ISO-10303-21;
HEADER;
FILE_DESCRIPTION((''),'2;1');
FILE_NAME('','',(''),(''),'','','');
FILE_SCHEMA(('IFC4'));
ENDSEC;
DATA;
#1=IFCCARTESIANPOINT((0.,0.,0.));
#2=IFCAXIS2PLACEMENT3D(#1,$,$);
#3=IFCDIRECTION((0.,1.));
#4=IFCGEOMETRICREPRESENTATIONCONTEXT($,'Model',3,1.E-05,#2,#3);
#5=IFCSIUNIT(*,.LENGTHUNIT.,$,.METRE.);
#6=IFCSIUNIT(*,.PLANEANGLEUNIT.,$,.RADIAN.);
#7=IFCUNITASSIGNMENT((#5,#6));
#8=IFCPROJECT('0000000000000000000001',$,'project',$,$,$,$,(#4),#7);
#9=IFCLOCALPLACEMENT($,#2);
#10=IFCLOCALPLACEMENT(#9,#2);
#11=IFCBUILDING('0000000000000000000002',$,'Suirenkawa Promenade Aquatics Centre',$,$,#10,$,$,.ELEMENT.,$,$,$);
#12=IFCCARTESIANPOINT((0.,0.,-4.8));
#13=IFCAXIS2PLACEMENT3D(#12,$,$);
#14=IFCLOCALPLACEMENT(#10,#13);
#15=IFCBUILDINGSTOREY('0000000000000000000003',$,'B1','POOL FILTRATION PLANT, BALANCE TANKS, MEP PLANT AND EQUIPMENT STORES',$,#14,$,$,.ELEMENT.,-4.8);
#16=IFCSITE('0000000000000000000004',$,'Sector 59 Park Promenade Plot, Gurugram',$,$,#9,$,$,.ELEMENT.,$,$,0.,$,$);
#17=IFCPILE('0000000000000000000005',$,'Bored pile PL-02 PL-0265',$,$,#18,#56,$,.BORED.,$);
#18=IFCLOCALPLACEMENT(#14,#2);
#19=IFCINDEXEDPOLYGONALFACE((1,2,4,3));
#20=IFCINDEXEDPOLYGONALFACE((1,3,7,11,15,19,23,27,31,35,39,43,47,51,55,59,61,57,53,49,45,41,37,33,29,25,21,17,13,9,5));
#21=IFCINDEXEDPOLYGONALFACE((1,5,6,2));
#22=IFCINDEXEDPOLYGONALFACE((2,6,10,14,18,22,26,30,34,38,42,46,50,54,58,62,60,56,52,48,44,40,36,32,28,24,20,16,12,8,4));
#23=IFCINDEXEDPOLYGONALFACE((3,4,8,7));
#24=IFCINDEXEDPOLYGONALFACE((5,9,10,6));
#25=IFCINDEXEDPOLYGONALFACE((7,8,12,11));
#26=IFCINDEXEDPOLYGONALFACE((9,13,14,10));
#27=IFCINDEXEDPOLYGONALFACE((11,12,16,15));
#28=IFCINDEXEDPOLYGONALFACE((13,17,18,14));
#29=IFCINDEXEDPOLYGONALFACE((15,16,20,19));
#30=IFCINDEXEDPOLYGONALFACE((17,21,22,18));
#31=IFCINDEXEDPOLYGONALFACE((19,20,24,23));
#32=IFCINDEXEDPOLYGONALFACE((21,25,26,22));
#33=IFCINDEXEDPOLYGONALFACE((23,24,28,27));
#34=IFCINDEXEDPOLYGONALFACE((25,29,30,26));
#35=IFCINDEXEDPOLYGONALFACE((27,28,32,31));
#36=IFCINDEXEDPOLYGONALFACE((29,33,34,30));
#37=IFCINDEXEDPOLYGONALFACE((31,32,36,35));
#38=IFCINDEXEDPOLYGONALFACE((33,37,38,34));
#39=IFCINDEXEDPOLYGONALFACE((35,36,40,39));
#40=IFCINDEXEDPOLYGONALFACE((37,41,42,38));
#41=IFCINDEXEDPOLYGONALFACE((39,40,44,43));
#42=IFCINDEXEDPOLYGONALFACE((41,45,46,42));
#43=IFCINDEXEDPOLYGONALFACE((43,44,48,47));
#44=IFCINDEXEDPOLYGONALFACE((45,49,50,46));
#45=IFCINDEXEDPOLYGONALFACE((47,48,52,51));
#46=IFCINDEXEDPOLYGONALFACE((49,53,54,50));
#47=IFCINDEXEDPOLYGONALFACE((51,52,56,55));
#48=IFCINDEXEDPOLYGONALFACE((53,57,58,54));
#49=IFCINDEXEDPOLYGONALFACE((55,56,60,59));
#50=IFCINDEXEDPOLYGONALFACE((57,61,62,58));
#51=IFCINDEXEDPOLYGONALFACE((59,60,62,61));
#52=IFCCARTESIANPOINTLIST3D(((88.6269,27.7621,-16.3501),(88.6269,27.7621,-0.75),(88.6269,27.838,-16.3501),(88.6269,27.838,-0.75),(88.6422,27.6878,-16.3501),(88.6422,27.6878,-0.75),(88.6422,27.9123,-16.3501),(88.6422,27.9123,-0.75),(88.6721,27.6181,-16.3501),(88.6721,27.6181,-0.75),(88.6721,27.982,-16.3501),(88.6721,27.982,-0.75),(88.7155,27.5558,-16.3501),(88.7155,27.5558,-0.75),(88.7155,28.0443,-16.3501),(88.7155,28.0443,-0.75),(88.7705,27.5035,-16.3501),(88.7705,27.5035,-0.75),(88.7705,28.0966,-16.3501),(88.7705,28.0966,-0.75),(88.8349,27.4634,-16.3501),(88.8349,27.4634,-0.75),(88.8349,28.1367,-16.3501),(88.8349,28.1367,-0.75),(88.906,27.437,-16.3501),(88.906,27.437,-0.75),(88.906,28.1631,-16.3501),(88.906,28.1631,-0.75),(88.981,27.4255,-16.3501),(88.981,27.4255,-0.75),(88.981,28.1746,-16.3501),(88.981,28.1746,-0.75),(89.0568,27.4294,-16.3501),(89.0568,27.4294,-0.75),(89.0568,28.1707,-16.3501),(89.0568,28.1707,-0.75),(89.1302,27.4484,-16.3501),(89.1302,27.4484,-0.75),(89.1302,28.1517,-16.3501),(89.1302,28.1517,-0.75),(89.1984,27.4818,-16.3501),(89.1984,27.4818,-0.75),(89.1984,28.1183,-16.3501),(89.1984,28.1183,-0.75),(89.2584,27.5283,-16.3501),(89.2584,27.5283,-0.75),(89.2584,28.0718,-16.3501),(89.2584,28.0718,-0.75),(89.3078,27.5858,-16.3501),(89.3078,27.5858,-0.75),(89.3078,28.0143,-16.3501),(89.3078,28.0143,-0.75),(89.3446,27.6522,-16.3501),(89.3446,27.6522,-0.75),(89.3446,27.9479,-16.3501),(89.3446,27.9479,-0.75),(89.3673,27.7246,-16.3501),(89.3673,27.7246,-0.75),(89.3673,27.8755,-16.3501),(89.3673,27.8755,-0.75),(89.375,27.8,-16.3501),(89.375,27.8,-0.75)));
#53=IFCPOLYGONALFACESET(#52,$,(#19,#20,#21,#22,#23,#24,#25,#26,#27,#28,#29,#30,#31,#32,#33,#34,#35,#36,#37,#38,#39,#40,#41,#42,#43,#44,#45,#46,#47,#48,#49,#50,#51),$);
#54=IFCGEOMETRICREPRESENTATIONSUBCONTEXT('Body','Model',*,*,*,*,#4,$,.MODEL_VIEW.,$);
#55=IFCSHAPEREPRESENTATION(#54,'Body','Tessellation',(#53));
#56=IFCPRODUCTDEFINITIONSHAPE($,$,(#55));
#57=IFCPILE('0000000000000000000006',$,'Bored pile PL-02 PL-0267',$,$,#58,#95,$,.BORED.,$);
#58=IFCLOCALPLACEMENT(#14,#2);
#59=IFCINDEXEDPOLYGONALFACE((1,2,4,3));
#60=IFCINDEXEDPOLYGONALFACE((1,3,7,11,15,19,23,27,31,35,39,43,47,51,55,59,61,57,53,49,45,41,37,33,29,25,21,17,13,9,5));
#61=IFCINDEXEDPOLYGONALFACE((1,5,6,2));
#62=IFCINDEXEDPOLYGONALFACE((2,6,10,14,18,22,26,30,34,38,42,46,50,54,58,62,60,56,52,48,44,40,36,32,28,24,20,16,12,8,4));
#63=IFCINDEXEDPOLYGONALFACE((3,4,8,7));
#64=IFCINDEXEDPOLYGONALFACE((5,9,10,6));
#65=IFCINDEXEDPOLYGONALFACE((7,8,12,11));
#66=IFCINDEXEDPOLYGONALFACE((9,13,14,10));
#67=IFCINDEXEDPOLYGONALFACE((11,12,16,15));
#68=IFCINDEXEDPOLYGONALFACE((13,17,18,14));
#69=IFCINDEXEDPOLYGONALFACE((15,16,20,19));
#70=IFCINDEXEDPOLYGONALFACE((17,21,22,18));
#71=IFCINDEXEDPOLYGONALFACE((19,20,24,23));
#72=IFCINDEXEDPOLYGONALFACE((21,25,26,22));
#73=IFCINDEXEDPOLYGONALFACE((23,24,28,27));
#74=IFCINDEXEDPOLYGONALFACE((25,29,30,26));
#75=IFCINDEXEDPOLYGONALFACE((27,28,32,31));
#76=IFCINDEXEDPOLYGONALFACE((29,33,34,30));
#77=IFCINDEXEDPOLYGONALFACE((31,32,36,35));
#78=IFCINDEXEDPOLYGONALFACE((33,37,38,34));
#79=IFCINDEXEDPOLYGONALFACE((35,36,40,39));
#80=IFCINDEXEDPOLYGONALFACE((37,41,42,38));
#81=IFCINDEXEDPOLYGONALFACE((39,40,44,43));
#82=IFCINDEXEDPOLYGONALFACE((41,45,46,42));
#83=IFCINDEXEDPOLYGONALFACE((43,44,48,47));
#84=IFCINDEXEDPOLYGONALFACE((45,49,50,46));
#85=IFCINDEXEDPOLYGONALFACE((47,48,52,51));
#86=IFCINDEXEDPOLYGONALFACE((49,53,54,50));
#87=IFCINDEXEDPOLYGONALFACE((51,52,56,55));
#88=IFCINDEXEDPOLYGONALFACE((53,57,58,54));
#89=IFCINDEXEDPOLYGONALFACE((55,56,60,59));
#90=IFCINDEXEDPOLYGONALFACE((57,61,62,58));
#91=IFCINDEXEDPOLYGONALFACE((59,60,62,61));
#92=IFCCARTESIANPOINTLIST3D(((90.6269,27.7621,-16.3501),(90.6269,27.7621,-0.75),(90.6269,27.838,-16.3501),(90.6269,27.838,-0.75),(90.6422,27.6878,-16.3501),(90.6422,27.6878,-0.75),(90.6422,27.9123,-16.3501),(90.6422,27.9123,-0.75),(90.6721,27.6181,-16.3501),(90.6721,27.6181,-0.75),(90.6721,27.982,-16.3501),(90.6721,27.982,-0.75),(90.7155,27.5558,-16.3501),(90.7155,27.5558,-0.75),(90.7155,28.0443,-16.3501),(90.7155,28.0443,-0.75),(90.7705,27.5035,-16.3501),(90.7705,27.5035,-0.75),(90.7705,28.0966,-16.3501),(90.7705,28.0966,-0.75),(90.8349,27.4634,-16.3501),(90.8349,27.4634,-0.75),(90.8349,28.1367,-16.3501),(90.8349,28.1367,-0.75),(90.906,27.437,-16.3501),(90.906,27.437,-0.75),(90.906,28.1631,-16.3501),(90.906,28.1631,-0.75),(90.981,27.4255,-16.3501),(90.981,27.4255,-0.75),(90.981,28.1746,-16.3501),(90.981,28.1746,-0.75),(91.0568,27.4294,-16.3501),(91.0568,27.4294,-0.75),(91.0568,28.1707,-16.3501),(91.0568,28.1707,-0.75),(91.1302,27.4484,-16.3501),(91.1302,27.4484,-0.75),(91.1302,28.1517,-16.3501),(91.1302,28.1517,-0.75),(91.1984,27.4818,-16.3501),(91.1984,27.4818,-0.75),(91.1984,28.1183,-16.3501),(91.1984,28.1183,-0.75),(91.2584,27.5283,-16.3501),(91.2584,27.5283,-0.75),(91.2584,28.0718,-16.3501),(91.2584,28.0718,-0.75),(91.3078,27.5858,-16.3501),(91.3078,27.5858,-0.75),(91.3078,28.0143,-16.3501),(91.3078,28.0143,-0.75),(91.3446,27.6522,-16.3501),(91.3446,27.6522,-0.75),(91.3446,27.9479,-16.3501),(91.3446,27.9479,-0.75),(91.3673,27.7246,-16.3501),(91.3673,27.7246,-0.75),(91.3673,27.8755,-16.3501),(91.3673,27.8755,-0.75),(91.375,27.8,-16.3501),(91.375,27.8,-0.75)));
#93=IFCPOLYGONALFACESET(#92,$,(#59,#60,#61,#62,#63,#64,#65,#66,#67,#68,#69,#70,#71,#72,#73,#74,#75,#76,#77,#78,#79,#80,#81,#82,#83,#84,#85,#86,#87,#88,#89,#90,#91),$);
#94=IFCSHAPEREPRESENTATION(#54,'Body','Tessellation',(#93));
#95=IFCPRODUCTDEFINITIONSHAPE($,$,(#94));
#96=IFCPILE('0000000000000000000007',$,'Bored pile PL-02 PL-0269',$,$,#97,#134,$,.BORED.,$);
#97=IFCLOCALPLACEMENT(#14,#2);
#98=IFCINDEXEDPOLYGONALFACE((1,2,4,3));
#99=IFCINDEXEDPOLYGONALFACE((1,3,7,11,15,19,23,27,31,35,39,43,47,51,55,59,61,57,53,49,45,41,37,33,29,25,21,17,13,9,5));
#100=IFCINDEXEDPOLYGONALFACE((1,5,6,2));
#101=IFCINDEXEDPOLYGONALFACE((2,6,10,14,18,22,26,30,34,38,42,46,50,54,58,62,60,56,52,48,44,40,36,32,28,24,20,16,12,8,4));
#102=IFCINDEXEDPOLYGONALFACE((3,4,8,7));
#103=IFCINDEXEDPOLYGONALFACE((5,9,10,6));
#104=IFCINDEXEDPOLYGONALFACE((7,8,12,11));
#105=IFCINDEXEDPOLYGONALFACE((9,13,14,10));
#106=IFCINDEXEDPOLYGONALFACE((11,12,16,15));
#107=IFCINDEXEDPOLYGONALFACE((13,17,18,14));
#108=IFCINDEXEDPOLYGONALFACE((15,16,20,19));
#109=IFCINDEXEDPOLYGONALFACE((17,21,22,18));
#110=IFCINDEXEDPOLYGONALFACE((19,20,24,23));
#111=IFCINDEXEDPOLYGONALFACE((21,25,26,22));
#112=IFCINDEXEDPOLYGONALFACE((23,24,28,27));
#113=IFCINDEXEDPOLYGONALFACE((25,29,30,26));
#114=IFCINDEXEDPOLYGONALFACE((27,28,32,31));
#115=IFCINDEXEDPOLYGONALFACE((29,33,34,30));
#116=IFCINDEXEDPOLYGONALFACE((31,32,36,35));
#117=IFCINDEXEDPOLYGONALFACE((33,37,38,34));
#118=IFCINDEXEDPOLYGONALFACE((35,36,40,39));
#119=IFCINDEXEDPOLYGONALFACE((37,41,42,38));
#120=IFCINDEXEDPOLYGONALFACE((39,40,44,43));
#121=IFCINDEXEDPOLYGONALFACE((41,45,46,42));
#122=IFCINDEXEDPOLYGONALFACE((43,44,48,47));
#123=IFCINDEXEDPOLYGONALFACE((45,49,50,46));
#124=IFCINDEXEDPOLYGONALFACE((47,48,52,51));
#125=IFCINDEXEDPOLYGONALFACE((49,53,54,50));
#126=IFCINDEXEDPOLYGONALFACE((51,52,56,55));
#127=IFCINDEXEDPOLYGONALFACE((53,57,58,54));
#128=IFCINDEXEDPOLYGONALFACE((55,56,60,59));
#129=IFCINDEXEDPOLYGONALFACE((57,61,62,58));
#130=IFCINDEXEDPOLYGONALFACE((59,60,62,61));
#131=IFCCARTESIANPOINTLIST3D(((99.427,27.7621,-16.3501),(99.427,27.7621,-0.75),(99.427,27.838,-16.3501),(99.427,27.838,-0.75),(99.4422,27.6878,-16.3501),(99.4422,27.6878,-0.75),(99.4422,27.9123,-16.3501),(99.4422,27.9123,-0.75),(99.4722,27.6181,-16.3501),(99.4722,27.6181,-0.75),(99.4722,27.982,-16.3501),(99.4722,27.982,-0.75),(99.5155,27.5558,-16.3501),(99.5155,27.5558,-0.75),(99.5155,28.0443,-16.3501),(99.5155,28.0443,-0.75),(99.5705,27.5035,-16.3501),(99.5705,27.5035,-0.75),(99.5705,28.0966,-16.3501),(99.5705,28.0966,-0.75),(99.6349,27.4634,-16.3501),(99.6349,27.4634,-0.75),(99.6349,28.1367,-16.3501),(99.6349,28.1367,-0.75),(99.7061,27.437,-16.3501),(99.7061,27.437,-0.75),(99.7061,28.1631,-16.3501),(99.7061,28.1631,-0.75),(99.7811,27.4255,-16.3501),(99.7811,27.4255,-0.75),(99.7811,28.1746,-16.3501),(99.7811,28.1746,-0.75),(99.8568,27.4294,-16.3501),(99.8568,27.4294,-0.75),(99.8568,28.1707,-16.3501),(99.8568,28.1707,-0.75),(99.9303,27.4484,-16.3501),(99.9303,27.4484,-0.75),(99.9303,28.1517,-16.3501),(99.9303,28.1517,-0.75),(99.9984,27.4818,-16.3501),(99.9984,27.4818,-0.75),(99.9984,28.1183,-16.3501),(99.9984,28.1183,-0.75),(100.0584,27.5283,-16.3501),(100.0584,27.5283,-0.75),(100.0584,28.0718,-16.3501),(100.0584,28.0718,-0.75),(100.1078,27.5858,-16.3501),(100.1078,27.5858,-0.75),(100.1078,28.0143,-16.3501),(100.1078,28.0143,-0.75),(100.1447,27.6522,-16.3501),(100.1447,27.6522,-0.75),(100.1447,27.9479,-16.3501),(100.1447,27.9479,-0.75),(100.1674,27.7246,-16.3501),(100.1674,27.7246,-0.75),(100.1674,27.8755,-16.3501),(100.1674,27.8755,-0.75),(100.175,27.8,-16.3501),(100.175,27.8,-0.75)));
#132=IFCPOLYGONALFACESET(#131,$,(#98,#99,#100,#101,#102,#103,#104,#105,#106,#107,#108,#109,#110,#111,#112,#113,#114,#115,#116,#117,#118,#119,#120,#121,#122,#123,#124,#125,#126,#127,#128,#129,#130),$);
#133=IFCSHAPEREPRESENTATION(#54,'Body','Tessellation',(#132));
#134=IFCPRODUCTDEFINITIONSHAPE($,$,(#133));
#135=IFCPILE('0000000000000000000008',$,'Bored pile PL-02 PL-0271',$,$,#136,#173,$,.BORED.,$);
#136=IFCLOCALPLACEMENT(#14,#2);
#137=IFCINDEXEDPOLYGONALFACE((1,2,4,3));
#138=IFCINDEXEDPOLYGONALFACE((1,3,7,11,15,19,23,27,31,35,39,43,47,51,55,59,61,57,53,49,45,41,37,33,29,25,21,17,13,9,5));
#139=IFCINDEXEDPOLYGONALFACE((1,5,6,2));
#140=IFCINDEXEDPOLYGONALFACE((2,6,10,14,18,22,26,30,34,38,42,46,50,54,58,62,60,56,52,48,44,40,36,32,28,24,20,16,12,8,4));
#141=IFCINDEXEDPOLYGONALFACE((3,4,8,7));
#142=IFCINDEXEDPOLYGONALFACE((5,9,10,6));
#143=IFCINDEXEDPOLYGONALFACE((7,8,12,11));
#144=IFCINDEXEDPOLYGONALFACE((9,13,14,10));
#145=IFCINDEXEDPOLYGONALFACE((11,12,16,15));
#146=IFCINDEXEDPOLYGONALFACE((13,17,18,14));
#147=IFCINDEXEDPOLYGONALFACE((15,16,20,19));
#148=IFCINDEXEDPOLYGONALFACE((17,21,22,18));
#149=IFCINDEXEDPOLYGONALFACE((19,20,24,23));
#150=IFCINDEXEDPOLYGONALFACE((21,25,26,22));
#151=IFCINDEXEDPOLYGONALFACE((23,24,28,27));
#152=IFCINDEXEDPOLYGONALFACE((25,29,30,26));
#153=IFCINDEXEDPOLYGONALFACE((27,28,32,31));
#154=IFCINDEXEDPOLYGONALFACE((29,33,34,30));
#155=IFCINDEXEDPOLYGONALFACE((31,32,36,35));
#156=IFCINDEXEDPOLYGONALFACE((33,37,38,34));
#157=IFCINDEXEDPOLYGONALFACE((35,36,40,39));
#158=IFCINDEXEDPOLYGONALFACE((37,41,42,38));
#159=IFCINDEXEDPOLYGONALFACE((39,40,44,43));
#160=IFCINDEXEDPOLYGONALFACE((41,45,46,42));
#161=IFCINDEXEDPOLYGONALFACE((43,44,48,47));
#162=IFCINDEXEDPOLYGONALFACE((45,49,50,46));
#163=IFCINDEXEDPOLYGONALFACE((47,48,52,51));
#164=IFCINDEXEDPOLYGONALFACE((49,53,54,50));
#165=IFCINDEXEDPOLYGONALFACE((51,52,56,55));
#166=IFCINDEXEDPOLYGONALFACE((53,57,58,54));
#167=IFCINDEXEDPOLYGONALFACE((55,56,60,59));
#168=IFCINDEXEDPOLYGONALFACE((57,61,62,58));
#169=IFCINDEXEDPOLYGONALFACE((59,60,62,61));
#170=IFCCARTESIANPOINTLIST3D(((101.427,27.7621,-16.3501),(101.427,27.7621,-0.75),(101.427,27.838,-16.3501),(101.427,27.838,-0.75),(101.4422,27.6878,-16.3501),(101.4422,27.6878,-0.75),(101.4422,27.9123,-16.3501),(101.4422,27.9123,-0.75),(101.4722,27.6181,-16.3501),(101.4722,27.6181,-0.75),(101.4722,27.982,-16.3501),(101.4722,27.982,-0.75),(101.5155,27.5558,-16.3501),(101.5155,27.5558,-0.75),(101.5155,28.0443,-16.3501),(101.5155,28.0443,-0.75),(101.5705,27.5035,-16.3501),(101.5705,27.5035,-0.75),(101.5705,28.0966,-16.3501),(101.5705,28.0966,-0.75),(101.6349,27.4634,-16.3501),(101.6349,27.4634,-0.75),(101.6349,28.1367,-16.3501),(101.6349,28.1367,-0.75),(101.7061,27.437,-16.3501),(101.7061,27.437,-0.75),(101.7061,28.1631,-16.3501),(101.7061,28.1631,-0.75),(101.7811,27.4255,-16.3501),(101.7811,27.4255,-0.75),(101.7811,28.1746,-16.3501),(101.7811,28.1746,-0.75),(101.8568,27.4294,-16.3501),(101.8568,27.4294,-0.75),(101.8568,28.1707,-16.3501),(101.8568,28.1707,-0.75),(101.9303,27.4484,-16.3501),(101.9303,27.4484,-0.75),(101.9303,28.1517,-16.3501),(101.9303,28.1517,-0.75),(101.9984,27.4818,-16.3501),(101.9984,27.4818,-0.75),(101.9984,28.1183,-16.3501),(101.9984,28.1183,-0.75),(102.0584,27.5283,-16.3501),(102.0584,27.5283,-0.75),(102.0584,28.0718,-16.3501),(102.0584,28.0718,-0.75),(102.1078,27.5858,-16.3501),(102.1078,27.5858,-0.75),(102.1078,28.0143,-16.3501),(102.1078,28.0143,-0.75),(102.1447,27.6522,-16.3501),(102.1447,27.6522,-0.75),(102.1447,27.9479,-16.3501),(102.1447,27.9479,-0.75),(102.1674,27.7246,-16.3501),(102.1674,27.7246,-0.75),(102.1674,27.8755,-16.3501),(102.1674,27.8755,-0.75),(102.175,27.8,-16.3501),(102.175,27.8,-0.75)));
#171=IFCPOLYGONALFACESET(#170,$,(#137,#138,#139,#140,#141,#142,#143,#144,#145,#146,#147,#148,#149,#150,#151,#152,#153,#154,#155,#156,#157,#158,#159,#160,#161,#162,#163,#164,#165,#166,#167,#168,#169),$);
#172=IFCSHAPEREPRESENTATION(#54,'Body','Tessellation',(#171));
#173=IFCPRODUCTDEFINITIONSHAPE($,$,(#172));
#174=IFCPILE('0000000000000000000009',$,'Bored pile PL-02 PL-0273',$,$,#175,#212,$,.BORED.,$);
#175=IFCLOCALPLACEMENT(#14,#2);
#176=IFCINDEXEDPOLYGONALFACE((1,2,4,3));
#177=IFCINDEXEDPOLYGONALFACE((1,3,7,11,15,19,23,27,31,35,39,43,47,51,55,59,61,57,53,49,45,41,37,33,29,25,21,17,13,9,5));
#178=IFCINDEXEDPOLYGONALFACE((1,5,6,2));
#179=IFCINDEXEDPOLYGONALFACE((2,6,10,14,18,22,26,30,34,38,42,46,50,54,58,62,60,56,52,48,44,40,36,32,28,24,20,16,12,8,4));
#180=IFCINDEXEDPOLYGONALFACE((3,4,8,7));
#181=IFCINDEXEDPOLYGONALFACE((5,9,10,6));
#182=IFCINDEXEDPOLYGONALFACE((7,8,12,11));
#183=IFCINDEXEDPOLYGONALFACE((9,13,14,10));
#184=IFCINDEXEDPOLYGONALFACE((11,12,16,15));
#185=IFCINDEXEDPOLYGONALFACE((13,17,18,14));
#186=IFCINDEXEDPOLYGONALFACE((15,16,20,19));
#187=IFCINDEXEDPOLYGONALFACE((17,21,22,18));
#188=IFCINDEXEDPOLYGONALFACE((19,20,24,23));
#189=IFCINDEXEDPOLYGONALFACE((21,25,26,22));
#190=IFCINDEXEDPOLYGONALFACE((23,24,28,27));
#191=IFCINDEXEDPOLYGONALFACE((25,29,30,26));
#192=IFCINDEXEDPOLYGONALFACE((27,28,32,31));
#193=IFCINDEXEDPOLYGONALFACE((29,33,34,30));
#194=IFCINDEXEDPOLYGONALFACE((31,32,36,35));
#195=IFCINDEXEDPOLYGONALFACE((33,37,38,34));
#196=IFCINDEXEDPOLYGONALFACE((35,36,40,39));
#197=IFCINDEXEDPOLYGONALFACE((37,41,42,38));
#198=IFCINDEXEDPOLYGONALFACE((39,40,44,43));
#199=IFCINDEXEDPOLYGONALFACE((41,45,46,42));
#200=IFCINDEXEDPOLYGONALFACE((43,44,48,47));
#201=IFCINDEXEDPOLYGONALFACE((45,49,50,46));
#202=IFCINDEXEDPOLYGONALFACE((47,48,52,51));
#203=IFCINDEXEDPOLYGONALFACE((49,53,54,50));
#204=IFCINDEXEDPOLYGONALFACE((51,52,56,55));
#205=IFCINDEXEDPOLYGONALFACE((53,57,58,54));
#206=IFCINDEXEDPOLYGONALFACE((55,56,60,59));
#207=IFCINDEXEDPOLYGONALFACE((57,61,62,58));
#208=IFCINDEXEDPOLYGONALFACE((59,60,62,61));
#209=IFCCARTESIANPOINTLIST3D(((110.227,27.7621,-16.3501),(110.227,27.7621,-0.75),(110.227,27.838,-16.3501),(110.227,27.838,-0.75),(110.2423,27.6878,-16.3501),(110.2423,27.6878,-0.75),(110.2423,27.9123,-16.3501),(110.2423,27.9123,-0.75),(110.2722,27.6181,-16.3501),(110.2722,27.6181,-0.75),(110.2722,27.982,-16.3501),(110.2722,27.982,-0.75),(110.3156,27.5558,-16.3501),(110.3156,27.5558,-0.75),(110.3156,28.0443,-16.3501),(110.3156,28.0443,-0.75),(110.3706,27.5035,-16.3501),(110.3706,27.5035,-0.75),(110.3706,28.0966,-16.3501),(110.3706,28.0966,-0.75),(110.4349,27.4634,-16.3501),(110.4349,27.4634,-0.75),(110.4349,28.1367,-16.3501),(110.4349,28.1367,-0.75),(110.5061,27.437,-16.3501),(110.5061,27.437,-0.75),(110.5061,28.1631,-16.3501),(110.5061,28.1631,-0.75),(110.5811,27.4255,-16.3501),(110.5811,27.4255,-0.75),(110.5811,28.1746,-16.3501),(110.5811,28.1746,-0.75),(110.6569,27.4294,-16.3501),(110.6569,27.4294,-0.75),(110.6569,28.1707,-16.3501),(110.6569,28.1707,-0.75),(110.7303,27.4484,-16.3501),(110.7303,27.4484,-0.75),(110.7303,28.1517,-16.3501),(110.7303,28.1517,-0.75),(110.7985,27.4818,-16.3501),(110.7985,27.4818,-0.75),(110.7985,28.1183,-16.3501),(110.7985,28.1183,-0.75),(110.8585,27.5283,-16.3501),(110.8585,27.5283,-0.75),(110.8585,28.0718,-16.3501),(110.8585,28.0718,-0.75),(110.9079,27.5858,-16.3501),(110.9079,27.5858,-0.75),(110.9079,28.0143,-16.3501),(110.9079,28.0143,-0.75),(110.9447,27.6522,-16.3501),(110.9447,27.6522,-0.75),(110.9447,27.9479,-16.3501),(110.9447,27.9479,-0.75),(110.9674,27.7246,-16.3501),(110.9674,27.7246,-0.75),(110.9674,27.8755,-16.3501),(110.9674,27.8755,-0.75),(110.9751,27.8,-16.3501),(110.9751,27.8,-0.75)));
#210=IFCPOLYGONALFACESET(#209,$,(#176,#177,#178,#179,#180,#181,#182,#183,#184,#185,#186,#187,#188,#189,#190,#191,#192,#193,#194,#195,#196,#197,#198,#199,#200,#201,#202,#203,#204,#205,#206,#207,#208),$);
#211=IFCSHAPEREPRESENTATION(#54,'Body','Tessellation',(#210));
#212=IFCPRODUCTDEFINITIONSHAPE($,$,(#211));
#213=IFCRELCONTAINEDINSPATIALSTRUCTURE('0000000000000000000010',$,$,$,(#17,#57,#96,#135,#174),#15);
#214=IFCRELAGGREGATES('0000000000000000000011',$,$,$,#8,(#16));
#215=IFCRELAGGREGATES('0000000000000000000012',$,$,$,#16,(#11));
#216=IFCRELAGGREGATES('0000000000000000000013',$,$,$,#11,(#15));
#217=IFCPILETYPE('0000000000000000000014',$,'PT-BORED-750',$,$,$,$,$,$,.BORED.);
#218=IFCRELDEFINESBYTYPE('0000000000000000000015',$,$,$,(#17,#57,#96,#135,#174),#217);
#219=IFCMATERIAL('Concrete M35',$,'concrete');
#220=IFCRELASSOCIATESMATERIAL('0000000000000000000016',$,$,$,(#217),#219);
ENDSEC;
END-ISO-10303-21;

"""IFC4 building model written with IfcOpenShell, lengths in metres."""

from ifc_helpers import new_model, si_unit, direction, frame, origin, origin_2d, place, context, subcontext, project, spatial, circle, extrude, material, material_profile, profile_set, type_object, element, save


model = new_model("IFC4")

# Units and contexts
model_context = context("Model", 3, precision=1e-05, world=origin(), true_north=direction((0.0, 1.0)))
body_context = subcontext(model_context, "Body", "Model", "MODEL_VIEW")
ifc_project = project(units=[si_unit("LENGTHUNIT", "METRE"), si_unit("PLANEANGLEUNIT", "RADIAN")], contexts=[model_context])

# Site, building, storey
site_placement = place(None, origin())
site = spatial("IfcSite", under=ifc_project, at=site_placement, Name="Sector 59 Park Promenade Plot, Gurugram", CompositionType="ELEMENT", RefElevation=0.0)
building_placement = place(site_placement, origin())
building = spatial("IfcBuilding", under=site, at=building_placement, Name="Suirenkawa Promenade Aquatics Centre", CompositionType="ELEMENT")
storey_placement = place(building_placement, frame((0.0, 0.0, -4.8)))
storey = spatial("IfcBuildingStorey", under=building, at=storey_placement, Name="B1", Description="POOL FILTRATION PLANT, BALANCE TANKS, MEP PLANT AND EQUIPMENT STORES", CompositionType="ELEMENT", Elevation=-4.8)

# Shared definitions
ifc_material_1 = material(Name="Concrete M35", Category="concrete")

# Piles
ifc_material_profile_1 = material_profile(ifc_material_1, circle(Radius=0.375, at=origin_2d()), Name="PILE D750", Category="concrete")
ifc_profile_set_1 = profile_set([ifc_material_profile_1], Name="Concrete M35")
pile_type_1 = type_object("IfcPileType", Name="PT-BORED-750", PredefinedType="BORED", material=ifc_profile_set_1)
for number, where, z_axis, x_axis, name in (
    (1, (89.0, 27.8, -0.75), (0.0, 0.0, -1.0), (1.0, 0.0, 0.0), "Bored pile PL-02 PL-0265"),
    (2, (91.0, 27.8, -0.75), (0.0, 0.0, -1.0), (1.0, 0.0, 0.0), "Bored pile PL-02 PL-0267"),
    (3, (99.8, 27.8, -0.75), (0.0, 0.0, -1.0), (1.0, 0.0, 0.0), "Bored pile PL-02 PL-0269"),
    (4, (101.8, 27.8, -0.75), (0.0, 0.0, -1.0), (1.0, 0.0, 0.0), "Bored pile PL-02 PL-0271"),
    (5, (110.6001, 27.8, -0.75), (0.0, 0.0, -1.0), (1.0, 0.0, 0.0), "Bored pile PL-02 PL-0273"),
):
    element("IfcPile", number, at=place(storey_placement, frame(where, z_axis=z_axis, x_axis=x_axis)), inside=storey, type_object=pile_type_1, Name=name, PredefinedType="BORED", context=body_context, shape_type="SweptSolid", body=[
        extrude(circle(Radius=0.375, at=origin_2d()), origin(), (0.0, 0.0, 1.0), 15.6001),
    ])

save(model, "model.ifc")
